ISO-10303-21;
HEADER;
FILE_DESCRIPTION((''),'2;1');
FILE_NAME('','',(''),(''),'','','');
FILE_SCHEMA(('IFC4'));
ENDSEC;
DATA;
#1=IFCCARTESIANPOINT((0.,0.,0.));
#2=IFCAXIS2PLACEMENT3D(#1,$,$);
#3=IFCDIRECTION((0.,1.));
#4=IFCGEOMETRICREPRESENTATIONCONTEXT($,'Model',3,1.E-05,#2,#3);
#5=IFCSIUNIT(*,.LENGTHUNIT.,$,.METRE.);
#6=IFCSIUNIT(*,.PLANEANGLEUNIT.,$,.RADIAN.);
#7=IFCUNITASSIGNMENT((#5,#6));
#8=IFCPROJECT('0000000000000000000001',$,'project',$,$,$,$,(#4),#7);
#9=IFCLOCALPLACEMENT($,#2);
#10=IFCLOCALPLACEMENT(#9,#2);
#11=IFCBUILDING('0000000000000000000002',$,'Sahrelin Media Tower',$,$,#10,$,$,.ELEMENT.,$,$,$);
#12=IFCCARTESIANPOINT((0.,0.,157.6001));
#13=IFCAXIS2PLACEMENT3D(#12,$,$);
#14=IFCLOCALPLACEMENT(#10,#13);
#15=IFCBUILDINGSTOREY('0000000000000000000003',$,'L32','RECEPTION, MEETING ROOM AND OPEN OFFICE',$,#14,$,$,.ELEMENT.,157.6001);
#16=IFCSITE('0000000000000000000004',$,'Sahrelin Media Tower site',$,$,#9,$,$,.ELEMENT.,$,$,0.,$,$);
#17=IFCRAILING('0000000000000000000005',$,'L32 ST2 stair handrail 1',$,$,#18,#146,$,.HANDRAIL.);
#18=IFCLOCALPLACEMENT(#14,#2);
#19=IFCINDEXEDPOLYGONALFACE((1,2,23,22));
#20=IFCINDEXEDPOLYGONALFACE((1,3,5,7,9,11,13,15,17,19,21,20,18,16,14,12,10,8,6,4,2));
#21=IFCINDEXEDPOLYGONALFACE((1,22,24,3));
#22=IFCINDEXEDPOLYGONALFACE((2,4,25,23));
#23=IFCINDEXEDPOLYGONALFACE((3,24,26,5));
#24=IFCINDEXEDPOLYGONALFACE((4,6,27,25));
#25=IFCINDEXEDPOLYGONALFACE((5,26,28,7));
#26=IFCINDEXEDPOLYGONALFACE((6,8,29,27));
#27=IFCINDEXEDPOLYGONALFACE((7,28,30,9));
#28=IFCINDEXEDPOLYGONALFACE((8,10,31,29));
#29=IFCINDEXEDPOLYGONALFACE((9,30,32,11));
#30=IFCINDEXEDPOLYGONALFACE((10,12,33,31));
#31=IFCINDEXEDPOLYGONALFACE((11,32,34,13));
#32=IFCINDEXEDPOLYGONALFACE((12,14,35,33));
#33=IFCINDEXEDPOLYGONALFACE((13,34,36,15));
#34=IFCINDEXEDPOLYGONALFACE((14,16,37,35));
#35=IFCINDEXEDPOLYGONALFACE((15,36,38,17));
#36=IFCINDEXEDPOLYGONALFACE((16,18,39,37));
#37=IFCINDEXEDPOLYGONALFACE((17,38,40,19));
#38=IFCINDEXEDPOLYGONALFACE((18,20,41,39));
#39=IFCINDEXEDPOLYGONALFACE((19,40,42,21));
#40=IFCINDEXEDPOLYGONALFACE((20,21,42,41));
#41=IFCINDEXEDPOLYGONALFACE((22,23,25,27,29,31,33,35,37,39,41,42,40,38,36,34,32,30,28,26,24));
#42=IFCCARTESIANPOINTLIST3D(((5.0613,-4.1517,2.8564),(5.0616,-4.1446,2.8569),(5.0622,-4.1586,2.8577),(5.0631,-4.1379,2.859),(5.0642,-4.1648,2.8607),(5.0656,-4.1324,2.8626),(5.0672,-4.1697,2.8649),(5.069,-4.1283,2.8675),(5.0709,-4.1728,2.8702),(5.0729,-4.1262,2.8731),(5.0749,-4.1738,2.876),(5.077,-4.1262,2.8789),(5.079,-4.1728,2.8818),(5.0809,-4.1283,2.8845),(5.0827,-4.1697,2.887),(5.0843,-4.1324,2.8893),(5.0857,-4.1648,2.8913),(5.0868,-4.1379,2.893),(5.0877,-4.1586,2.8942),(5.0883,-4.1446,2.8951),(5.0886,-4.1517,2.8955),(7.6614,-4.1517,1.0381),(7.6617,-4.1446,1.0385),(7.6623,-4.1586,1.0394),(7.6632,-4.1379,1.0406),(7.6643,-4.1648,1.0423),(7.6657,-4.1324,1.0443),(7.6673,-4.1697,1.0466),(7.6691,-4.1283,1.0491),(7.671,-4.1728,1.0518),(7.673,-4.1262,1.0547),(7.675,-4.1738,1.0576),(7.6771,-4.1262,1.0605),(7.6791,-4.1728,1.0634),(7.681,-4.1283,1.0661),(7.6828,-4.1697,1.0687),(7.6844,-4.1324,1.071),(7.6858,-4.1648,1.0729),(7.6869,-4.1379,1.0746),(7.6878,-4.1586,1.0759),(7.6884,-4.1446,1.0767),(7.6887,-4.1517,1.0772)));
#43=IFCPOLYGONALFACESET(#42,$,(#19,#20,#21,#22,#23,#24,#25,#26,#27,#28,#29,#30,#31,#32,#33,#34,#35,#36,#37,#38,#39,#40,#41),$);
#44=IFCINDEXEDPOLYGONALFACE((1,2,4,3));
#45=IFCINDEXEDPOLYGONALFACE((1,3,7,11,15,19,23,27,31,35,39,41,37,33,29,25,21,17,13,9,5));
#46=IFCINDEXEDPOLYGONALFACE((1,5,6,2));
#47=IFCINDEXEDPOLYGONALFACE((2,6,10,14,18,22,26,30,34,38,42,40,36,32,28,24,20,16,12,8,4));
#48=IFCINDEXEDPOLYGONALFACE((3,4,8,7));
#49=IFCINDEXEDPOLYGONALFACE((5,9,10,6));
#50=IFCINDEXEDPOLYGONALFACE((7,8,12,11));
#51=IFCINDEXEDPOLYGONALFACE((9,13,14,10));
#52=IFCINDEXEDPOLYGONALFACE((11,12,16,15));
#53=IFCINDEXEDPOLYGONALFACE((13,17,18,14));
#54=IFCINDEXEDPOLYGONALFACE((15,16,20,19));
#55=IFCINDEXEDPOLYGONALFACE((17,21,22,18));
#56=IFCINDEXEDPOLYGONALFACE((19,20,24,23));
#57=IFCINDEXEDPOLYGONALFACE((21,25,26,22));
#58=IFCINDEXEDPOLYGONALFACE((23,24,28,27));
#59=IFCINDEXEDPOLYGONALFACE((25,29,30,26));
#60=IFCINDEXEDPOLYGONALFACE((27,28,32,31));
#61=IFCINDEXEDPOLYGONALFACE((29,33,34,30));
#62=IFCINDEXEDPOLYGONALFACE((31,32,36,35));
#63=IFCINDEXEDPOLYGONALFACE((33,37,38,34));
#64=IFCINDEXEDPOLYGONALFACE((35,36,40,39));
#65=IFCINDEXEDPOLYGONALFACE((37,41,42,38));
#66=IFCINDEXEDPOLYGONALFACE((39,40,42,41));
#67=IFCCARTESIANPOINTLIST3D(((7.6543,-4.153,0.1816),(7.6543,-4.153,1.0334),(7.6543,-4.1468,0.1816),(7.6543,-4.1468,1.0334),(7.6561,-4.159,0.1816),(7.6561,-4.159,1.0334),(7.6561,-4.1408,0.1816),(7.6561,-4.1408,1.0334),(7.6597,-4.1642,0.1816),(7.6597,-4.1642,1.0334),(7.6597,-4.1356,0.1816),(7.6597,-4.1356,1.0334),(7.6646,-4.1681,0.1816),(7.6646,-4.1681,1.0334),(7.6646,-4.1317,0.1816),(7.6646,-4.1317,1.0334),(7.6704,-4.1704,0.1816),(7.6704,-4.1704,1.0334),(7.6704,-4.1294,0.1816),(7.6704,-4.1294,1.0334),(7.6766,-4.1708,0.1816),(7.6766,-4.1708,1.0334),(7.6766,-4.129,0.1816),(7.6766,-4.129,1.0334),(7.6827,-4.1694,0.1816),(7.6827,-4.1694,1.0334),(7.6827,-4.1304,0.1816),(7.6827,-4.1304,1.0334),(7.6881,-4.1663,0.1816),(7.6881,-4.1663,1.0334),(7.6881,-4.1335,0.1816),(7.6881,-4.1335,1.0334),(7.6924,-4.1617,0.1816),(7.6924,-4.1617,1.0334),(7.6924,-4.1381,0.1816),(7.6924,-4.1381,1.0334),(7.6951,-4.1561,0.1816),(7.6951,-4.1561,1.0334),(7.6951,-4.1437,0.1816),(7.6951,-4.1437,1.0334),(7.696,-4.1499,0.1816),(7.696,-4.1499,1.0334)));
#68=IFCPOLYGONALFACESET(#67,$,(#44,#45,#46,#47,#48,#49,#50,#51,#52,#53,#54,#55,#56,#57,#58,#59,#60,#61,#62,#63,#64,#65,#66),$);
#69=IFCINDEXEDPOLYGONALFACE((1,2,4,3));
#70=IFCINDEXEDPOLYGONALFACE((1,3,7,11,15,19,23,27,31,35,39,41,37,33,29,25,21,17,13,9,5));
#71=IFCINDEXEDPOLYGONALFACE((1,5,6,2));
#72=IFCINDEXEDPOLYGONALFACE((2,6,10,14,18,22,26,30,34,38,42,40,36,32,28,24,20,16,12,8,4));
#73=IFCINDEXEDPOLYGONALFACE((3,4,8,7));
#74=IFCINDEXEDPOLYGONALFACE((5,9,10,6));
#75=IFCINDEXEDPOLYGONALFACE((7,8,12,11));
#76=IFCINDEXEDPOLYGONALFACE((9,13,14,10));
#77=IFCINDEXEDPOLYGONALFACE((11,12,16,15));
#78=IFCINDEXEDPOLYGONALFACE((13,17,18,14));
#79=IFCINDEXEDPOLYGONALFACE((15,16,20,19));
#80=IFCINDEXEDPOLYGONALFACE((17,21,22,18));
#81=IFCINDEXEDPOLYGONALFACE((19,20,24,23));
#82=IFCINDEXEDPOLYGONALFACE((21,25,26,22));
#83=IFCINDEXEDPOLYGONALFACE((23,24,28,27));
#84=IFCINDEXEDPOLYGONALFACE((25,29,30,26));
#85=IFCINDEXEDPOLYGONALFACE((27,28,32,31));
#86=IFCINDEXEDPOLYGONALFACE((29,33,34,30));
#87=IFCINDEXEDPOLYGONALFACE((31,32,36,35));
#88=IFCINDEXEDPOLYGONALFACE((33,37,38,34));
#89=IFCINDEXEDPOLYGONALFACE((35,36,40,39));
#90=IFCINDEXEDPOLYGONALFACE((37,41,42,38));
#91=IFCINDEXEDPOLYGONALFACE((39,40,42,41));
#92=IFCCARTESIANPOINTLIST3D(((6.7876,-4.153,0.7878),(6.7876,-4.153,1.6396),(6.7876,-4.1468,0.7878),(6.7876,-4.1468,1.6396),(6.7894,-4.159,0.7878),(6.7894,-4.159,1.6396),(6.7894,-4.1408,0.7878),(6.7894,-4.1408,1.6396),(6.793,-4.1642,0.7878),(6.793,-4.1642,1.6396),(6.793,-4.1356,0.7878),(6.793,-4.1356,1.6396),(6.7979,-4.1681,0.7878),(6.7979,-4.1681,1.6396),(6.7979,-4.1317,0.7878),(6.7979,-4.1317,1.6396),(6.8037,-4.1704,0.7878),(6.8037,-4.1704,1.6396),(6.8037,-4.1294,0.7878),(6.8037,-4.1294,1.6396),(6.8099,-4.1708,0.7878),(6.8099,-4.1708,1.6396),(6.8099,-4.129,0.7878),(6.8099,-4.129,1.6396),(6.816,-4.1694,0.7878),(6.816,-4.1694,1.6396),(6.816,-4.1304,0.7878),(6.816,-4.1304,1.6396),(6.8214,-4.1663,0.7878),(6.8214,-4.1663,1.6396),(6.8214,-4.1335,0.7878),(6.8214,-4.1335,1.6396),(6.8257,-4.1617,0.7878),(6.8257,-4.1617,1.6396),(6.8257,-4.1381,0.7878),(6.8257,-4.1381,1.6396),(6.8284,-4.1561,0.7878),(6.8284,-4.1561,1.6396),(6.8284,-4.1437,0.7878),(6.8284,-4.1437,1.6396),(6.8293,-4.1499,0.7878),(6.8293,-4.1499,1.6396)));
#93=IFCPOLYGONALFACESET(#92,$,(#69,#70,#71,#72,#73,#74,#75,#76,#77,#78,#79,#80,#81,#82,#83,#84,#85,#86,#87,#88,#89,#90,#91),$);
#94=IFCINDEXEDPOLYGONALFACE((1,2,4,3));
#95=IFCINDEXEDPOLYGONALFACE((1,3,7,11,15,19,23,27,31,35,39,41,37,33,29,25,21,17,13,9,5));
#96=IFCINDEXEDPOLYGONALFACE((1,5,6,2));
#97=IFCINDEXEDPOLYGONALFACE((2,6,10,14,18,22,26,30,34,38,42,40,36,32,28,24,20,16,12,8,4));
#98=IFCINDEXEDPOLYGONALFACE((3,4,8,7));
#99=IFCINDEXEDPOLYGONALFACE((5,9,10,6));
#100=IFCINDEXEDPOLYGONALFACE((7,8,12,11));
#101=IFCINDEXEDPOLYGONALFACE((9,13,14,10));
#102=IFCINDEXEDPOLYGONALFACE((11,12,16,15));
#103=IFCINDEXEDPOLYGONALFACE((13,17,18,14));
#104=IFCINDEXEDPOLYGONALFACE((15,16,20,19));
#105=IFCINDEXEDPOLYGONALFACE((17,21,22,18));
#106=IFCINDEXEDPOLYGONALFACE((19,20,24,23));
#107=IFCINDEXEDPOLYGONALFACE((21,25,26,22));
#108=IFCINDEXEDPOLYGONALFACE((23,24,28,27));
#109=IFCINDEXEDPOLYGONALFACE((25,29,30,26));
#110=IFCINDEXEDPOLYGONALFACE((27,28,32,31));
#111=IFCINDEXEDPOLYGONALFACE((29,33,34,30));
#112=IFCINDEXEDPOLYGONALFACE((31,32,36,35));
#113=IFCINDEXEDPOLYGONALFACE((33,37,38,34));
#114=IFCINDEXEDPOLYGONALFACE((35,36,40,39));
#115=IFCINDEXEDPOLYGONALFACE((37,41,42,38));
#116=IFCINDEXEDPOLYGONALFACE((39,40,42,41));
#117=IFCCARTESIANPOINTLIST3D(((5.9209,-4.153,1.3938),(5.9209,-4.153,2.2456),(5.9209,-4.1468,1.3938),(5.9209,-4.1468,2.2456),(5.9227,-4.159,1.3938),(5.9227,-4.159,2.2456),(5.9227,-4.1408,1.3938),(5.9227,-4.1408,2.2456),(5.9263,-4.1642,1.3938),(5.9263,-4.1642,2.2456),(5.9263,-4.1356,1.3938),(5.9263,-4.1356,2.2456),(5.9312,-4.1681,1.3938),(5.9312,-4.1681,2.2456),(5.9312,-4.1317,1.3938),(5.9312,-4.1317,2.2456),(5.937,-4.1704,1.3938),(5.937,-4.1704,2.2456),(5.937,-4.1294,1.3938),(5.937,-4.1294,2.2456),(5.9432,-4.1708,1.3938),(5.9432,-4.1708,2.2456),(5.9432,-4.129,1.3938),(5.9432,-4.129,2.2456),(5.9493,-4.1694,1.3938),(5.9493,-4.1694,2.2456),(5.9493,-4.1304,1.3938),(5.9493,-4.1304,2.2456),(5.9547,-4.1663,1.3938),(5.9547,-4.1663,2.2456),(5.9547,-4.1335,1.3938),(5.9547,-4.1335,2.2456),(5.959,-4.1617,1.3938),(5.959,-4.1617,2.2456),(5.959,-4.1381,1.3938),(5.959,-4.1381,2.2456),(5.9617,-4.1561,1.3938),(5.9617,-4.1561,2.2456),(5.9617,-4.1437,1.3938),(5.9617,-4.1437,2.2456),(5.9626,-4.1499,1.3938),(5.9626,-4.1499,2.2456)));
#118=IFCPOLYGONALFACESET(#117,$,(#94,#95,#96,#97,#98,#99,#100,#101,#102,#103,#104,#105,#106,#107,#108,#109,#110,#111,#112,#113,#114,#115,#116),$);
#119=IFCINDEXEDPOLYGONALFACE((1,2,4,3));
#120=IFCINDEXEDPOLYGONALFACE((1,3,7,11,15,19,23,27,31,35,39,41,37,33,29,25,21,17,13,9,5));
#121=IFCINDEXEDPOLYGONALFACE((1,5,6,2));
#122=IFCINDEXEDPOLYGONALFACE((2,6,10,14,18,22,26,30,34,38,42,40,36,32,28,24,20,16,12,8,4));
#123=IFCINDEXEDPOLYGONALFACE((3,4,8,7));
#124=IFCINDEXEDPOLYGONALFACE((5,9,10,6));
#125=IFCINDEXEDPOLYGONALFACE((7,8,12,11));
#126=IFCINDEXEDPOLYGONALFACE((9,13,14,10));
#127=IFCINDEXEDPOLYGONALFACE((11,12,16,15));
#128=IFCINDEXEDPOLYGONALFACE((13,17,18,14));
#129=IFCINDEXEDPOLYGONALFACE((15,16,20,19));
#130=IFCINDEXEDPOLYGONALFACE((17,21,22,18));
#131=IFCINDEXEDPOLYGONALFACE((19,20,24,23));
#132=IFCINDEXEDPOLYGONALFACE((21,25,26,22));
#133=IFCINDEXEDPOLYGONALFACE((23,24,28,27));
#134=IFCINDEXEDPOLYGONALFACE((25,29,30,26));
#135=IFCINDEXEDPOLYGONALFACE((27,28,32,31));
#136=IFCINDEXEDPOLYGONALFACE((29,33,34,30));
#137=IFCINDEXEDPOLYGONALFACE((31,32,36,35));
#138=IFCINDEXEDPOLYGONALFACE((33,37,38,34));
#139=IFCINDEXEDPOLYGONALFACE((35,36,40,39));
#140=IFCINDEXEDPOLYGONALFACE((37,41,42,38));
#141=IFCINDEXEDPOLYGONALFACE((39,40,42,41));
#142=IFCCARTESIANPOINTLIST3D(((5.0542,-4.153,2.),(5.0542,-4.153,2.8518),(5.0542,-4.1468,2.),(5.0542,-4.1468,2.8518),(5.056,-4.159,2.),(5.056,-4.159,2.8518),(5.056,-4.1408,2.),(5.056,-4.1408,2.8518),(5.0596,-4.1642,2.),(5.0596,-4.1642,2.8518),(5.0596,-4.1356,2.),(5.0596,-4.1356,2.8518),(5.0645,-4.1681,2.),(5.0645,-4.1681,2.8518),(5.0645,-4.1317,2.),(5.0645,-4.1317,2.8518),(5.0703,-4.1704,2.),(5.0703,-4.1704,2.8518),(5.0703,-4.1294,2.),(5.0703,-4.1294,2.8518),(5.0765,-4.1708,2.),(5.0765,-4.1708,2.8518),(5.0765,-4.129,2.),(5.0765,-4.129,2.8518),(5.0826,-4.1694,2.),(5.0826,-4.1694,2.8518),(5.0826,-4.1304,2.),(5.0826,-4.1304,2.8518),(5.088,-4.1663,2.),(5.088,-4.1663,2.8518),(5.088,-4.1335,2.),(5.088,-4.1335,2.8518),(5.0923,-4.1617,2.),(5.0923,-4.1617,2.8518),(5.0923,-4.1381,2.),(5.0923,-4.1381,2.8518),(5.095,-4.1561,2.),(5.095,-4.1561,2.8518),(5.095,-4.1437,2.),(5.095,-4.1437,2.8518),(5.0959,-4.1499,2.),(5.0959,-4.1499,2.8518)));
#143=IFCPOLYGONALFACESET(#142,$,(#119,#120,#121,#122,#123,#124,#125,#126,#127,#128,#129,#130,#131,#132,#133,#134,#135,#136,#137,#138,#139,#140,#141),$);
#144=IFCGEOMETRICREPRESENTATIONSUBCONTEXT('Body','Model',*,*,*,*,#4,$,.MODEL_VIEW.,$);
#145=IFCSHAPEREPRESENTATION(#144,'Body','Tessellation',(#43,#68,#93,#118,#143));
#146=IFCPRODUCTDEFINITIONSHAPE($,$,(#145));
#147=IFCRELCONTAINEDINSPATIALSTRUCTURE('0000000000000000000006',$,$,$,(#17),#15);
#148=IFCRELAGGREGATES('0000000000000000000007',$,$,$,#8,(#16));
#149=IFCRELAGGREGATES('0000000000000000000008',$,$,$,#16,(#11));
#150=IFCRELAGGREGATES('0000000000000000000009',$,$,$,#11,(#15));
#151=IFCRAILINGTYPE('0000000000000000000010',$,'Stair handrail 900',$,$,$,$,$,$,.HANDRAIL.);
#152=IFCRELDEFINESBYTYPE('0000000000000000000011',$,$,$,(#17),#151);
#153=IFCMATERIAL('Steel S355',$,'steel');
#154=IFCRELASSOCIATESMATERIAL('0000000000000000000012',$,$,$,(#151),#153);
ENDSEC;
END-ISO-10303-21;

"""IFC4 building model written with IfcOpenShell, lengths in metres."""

from ifc_helpers import new_model, si_unit, direction, frame, origin, origin_2d, place, context, subcontext, project, spatial, circle, extrude, material, type_object, element, save


model = new_model("IFC4")

# Units and contexts
model_context = context("Model", 3, precision=1e-05, world=origin(), true_north=direction((0.0, 1.0)))
body_context = subcontext(model_context, "Body", "Model", "MODEL_VIEW")
ifc_project = project(units=[si_unit("LENGTHUNIT", "METRE"), si_unit("PLANEANGLEUNIT", "RADIAN")], contexts=[model_context])

# Site, building, storey
site_placement = place(None, origin())
site = spatial("IfcSite", under=ifc_project, at=site_placement, Name="Sahrelin Media Tower site", CompositionType="ELEMENT", RefElevation=0.0)
building_placement = place(site_placement, origin())
building = spatial("IfcBuilding", under=site, at=building_placement, Name="Sahrelin Media Tower", CompositionType="ELEMENT")
storey_placement = place(building_placement, frame((0.0, 0.0, 157.6001)))
storey = spatial("IfcBuildingStorey", under=building, at=storey_placement, Name="L32", Description="RECEPTION, MEETING ROOM AND OPEN OFFICE", CompositionType="ELEMENT", Elevation=157.6001)

# Shared definitions
ifc_material_1 = material(Name="Steel S355", Category="steel")

# Railing
railing_type_1 = type_object("IfcRailingType", Name="Stair handrail 900", PredefinedType="HANDRAIL", material=ifc_material_1)
railing_1_placement = place(storey_placement, frame((7.675, -4.1499, 0.1816)))
element("IfcRailing", 1, at=railing_1_placement, inside=storey, type_object=railing_type_1, Name="L32 ST2 stair handrail 1", PredefinedType="HANDRAIL", context=body_context, shape_type="SweptSolid", body=[
    extrude(circle(Radius=0.0239, at=origin_2d()), frame((0.0, 0.0, 0.876), z_axis=(-0.819485, 0.0, 0.573101), x_axis=(0.0, -1.0, 0.0)), (0.0, 0.0, 1.0), 3.1729),
    extrude(circle(Radius=0.021, at=origin_2d()), origin(), (0.0, 0.0, 1.0), 0.8518),
    extrude(circle(Radius=0.021, at=origin_2d()), frame((-0.8667, 0.0, 0.6062)), (0.0, 0.0, 1.0), 0.8518),
    extrude(circle(Radius=0.021, at=origin_2d()), frame((-1.7334, 0.0, 1.2122)), (0.0, 0.0, 1.0), 0.8518),
    extrude(circle(Radius=0.021, at=origin_2d()), frame((-2.6001, 0.0, 1.8184)), (0.0, 0.0, 1.0), 0.8518),
])

save(model, "model.ifc")
